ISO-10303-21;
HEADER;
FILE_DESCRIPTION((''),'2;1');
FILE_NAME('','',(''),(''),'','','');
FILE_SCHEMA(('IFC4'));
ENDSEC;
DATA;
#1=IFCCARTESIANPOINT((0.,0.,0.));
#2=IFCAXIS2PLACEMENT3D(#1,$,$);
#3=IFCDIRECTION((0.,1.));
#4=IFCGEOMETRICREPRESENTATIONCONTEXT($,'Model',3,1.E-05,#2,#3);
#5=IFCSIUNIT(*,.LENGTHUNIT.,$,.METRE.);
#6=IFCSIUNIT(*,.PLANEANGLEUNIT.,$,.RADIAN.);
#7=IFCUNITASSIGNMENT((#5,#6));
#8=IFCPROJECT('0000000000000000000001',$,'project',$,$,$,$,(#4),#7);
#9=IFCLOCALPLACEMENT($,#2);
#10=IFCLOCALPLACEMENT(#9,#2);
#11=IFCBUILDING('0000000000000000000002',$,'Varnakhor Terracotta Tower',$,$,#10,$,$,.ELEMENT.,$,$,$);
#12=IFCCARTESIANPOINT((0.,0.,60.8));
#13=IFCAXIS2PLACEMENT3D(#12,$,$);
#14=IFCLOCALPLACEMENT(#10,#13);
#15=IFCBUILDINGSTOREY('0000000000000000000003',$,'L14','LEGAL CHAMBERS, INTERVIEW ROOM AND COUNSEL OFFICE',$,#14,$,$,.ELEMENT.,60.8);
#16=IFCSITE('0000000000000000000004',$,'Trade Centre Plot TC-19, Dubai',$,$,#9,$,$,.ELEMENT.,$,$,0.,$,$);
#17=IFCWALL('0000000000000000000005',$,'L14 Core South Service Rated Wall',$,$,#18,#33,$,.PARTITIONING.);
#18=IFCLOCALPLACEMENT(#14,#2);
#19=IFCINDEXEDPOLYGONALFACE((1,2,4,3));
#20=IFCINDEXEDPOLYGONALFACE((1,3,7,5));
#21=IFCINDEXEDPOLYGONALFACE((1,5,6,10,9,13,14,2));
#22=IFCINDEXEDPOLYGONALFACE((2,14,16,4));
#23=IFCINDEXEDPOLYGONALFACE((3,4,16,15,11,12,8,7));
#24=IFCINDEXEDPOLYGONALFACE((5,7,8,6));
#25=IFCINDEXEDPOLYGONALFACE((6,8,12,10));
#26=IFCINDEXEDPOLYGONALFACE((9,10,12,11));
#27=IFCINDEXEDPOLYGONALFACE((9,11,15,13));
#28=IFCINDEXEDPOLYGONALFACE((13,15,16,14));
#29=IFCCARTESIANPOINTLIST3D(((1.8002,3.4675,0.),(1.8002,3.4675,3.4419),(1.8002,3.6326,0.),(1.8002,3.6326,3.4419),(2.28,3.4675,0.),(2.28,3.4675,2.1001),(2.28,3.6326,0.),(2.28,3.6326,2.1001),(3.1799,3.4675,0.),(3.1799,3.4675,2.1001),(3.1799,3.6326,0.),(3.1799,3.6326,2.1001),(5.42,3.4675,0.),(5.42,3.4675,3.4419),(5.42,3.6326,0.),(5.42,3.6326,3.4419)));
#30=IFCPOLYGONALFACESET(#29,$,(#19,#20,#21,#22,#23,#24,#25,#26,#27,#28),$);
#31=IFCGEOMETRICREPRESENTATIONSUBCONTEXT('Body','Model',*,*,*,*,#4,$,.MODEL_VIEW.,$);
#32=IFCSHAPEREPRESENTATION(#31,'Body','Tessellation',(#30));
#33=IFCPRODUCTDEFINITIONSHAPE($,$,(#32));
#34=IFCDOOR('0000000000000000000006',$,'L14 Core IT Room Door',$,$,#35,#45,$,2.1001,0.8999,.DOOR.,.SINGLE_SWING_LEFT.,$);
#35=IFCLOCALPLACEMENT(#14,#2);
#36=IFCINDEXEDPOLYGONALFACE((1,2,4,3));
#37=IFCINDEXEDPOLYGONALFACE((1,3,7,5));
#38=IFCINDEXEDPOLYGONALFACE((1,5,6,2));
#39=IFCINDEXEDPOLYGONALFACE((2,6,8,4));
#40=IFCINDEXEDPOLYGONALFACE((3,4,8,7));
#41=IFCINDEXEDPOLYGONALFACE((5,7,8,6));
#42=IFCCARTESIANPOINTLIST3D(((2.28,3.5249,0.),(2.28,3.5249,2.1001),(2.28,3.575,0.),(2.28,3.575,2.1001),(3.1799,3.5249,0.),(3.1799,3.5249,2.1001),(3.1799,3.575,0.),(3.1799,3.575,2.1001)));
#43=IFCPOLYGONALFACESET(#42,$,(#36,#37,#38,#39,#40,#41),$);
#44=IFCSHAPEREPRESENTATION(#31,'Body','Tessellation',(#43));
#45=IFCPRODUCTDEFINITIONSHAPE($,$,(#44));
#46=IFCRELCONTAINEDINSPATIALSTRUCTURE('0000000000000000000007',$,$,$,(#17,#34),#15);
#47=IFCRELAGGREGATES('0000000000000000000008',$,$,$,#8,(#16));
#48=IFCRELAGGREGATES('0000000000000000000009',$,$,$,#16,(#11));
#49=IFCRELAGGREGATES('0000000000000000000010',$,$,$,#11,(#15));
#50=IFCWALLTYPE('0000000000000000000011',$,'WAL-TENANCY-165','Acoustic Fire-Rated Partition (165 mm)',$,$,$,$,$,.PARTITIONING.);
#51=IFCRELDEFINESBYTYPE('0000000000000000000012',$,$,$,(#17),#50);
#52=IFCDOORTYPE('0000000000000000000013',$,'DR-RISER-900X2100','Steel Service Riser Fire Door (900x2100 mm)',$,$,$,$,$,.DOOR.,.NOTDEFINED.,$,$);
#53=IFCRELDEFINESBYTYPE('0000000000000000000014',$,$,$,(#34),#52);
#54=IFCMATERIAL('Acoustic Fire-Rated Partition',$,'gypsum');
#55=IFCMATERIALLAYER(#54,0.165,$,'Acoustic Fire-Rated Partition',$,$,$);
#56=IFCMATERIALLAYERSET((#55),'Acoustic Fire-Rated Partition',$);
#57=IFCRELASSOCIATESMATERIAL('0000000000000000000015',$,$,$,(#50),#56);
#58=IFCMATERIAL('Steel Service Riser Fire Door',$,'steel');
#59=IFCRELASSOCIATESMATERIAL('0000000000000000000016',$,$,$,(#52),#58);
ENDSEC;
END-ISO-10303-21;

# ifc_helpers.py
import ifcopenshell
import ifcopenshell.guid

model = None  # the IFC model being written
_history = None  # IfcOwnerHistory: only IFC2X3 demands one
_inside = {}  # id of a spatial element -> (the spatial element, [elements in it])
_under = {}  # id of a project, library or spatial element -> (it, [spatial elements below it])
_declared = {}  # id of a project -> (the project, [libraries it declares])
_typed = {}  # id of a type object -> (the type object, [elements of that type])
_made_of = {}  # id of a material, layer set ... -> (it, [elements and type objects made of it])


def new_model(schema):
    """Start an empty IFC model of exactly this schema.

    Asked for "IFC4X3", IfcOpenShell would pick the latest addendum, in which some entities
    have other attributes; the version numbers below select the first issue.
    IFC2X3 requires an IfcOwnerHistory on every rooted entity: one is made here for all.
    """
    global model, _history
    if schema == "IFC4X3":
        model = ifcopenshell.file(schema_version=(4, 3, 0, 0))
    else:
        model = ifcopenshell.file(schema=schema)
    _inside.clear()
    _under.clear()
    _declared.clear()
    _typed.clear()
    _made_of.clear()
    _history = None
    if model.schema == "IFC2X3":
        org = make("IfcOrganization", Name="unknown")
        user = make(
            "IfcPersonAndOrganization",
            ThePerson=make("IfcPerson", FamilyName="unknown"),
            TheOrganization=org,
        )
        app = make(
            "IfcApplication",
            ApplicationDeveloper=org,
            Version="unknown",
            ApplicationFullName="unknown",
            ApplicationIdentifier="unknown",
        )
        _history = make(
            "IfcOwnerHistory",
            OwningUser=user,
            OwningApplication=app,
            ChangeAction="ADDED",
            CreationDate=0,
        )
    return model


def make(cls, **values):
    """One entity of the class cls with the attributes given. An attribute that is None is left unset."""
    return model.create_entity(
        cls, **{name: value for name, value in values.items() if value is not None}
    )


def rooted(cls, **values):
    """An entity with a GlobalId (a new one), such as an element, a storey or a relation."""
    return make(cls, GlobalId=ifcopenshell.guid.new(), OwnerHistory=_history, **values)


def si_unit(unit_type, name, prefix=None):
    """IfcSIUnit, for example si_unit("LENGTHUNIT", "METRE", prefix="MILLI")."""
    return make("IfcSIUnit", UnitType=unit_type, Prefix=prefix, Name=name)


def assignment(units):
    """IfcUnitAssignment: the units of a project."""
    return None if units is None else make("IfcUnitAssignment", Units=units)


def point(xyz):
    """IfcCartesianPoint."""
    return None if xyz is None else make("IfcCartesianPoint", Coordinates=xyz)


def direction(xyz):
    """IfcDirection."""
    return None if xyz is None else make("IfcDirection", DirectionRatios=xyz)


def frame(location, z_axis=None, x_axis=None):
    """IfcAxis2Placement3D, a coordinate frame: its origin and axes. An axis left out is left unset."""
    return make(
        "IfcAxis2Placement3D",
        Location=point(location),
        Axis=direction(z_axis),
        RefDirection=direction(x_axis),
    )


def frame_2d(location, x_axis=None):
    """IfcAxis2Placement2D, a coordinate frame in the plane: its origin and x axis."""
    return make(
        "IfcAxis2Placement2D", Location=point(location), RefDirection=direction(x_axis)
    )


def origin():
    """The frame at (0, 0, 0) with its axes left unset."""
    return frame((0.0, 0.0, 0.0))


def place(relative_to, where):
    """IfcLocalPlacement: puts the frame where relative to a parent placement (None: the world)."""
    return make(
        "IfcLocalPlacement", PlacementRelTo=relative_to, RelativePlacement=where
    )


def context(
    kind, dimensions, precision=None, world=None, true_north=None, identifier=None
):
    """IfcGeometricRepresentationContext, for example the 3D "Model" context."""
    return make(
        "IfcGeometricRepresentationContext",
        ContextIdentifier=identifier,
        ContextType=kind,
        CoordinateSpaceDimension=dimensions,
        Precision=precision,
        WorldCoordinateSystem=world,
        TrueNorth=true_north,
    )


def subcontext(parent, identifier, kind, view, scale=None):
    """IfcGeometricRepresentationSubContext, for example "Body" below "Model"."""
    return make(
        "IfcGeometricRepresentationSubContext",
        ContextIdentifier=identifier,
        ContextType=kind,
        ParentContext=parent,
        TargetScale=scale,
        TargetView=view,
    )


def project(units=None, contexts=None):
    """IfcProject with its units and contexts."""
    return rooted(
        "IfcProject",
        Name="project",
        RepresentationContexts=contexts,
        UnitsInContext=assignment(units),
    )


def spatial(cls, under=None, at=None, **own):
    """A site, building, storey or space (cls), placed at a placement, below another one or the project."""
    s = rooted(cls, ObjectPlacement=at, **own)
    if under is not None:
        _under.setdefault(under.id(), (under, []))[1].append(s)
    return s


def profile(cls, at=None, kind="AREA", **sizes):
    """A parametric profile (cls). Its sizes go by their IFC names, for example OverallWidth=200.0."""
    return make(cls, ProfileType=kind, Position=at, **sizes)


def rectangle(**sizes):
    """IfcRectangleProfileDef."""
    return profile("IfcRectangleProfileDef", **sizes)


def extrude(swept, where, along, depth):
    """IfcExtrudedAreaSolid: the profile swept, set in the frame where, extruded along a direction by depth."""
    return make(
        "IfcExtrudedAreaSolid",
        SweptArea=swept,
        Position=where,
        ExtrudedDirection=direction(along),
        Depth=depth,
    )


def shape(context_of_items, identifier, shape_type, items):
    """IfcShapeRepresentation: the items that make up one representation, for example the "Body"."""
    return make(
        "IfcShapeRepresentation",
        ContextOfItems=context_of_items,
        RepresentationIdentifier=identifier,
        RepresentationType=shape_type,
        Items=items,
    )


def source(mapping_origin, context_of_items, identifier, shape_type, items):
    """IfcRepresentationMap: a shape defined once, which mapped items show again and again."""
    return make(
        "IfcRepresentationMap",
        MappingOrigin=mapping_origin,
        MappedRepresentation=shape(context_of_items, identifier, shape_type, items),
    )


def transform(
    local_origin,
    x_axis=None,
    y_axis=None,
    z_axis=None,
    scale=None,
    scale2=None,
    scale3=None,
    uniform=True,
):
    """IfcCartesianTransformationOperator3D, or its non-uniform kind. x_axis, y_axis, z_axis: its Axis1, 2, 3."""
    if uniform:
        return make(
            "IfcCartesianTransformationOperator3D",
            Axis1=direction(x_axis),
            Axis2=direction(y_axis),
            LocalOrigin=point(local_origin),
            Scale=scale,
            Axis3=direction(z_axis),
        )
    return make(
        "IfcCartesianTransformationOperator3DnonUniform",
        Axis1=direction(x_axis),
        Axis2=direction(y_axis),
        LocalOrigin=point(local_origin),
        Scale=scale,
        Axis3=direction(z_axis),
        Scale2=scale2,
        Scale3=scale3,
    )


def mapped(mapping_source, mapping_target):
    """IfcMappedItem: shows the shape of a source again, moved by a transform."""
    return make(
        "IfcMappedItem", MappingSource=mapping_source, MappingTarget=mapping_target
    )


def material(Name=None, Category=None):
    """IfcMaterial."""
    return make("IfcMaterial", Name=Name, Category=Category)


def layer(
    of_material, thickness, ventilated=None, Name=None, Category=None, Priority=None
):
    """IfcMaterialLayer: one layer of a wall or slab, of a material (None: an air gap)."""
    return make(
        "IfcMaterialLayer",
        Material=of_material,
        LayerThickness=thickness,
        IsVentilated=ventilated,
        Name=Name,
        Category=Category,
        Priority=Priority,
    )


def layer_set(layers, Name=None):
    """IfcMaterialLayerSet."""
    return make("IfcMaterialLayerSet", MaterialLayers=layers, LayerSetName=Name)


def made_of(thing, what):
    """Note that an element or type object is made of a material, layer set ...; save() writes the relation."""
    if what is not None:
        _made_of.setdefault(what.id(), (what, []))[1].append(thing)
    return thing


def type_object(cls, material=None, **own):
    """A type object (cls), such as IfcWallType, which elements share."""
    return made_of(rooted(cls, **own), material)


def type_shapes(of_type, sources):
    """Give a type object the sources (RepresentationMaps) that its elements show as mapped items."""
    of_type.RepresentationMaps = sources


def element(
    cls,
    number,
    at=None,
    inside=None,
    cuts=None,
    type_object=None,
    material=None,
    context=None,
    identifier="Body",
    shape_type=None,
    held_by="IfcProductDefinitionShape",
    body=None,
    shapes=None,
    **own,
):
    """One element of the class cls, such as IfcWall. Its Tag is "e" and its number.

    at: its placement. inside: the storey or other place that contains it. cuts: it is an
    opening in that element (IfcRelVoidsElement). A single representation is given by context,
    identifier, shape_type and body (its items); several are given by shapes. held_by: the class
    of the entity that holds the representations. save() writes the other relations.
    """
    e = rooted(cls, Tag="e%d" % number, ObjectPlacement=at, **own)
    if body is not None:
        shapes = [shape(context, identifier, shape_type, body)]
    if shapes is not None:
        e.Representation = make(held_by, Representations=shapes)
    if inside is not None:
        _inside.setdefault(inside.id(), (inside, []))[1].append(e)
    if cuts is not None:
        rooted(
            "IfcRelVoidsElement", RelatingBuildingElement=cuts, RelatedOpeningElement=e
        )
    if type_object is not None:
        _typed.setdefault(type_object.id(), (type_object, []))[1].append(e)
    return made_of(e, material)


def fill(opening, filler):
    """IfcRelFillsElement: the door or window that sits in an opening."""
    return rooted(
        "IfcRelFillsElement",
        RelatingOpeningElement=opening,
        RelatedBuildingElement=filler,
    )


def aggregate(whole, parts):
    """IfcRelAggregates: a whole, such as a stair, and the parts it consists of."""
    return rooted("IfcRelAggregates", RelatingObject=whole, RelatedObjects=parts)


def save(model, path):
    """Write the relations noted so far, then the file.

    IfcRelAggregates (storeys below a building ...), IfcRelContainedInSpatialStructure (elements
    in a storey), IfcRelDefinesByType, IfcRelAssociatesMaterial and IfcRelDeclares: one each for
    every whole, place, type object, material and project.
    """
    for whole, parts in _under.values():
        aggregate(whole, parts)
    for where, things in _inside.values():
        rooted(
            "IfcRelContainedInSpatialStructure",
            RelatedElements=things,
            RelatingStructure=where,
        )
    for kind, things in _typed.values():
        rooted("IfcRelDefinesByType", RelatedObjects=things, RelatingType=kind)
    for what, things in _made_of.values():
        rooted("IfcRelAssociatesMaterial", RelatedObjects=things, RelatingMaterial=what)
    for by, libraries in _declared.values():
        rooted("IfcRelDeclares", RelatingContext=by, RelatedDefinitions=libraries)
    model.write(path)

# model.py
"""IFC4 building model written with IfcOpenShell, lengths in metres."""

from ifc_helpers import new_model, si_unit, direction, frame, frame_2d, origin, place, context, subcontext, project, spatial, rectangle, extrude, source, transform, mapped, material, layer, layer_set, type_object, type_shapes, element, fill, save


model = new_model("IFC4")

# Units and contexts
model_context = context("Model", 3, precision=1e-05, world=origin(), true_north=direction((0.0, 1.0)))
body_context = subcontext(model_context, "Body", "Model", "MODEL_VIEW")
ifc_project = project(units=[si_unit("LENGTHUNIT", "METRE"), si_unit("PLANEANGLEUNIT", "RADIAN")], contexts=[model_context])

# Site, building, storey
site_placement = place(None, origin())
site = spatial("IfcSite", under=ifc_project, at=site_placement, Name="Trade Centre Plot TC-19, Dubai", CompositionType="ELEMENT", RefElevation=0.0)
building_placement = place(site_placement, origin())
building = spatial("IfcBuilding", under=site, at=building_placement, Name="Varnakhor Terracotta Tower", CompositionType="ELEMENT")
storey_placement = place(building_placement, frame((0.0, 0.0, 60.8)))
storey = spatial("IfcBuildingStorey", under=building, at=storey_placement, Name="L14", Description="LEGAL CHAMBERS, INTERVIEW ROOM AND COUNSEL OFFICE", CompositionType="ELEMENT", Elevation=60.8)

# Shared definitions
ifc_material_1 = material(Name="Acoustic Fire-Rated Partition", Category="gypsum")
ifc_layer_1 = layer(ifc_material_1, 0.165, Name="Acoustic Fire-Rated Partition")
ifc_layer_set_1 = layer_set([ifc_layer_1], Name="Acoustic Fire-Rated Partition")
wall_type_1 = type_object("IfcWallType", Name="WAL-TENANCY-165", Description="Acoustic Fire-Rated Partition (165 mm)", PredefinedType="PARTITIONING", material=ifc_layer_set_1)

# Shared definitions
ifc_material_2 = material(Name="Steel Service Riser Fire Door", Category="steel")
door_type_1 = type_object("IfcDoorType", Name="DR-RISER-900X2100", Description="Steel Service Riser Fire Door (900x2100 mm)", OperationType="NOTDEFINED", PredefinedType="DOOR", material=ifc_material_2)
shared_shape_1 = source(origin(), body_context, "Body", "SweptSolid", [
    extrude(rectangle(XDim=0.8999, YDim=2.1001, at=frame_2d((0.45, 1.05))), frame((0.0, 0.0249, 0.0), z_axis=(0.0, -1.0, 0.0), x_axis=(1.0, 0.0, 0.0)), (0.0, 0.0, 1.0), 0.05),
])
type_shapes(door_type_1, [shared_shape_1])

# Wall, opening, door
wall_1_placement = place(storey_placement, frame((1.8, 3.55, 0.0), z_axis=(0.0, 0.0, 1.0), x_axis=(1.0, 0.0, 0.0)))
wall_1 = element("IfcWall", 1, at=wall_1_placement, inside=storey, type_object=wall_type_1, Name="L14 Core South Service Rated Wall", PredefinedType="PARTITIONING", context=body_context, shape_type="SweptSolid", body=[
    extrude(rectangle(XDim=3.6199, YDim=0.165, at=frame_2d((1.8101, 0.0))), origin(), (0.0, 0.0, 1.0), 3.4419),
])
opening_1_placement = place(wall_1_placement, frame((0.48, 0.0, 0.0)))
opening_1 = element("IfcOpeningElement", 2, at=opening_1_placement, cuts=wall_1, PredefinedType="OPENING", context=body_context, shape_type="SweptSolid", body=[
    extrude(rectangle(XDim=0.8999, YDim=2.1001, at=frame_2d((0.45, 1.05))), frame((0.0, 0.0925, 0.0), z_axis=(0.0, -1.0, 0.0), x_axis=(1.0, 0.0, 0.0)), (0.0, 0.0, 1.0), 0.1851),
])
door_1_placement = place(opening_1_placement, origin())
door_1 = element("IfcDoor", 3, at=door_1_placement, inside=storey, type_object=door_type_1, Name="L14 Core IT Room Door", OperationType="SINGLE_SWING_LEFT", OverallHeight=2.1001, OverallWidth=0.8999, PredefinedType="DOOR", context=body_context, shape_type="MappedRepresentation", body=[
    mapped(shared_shape_1, transform((0.0, 0.0, 0.0), scale=1.0)),
])
fill(opening_1, door_1)

save(model, "model.ifc")
